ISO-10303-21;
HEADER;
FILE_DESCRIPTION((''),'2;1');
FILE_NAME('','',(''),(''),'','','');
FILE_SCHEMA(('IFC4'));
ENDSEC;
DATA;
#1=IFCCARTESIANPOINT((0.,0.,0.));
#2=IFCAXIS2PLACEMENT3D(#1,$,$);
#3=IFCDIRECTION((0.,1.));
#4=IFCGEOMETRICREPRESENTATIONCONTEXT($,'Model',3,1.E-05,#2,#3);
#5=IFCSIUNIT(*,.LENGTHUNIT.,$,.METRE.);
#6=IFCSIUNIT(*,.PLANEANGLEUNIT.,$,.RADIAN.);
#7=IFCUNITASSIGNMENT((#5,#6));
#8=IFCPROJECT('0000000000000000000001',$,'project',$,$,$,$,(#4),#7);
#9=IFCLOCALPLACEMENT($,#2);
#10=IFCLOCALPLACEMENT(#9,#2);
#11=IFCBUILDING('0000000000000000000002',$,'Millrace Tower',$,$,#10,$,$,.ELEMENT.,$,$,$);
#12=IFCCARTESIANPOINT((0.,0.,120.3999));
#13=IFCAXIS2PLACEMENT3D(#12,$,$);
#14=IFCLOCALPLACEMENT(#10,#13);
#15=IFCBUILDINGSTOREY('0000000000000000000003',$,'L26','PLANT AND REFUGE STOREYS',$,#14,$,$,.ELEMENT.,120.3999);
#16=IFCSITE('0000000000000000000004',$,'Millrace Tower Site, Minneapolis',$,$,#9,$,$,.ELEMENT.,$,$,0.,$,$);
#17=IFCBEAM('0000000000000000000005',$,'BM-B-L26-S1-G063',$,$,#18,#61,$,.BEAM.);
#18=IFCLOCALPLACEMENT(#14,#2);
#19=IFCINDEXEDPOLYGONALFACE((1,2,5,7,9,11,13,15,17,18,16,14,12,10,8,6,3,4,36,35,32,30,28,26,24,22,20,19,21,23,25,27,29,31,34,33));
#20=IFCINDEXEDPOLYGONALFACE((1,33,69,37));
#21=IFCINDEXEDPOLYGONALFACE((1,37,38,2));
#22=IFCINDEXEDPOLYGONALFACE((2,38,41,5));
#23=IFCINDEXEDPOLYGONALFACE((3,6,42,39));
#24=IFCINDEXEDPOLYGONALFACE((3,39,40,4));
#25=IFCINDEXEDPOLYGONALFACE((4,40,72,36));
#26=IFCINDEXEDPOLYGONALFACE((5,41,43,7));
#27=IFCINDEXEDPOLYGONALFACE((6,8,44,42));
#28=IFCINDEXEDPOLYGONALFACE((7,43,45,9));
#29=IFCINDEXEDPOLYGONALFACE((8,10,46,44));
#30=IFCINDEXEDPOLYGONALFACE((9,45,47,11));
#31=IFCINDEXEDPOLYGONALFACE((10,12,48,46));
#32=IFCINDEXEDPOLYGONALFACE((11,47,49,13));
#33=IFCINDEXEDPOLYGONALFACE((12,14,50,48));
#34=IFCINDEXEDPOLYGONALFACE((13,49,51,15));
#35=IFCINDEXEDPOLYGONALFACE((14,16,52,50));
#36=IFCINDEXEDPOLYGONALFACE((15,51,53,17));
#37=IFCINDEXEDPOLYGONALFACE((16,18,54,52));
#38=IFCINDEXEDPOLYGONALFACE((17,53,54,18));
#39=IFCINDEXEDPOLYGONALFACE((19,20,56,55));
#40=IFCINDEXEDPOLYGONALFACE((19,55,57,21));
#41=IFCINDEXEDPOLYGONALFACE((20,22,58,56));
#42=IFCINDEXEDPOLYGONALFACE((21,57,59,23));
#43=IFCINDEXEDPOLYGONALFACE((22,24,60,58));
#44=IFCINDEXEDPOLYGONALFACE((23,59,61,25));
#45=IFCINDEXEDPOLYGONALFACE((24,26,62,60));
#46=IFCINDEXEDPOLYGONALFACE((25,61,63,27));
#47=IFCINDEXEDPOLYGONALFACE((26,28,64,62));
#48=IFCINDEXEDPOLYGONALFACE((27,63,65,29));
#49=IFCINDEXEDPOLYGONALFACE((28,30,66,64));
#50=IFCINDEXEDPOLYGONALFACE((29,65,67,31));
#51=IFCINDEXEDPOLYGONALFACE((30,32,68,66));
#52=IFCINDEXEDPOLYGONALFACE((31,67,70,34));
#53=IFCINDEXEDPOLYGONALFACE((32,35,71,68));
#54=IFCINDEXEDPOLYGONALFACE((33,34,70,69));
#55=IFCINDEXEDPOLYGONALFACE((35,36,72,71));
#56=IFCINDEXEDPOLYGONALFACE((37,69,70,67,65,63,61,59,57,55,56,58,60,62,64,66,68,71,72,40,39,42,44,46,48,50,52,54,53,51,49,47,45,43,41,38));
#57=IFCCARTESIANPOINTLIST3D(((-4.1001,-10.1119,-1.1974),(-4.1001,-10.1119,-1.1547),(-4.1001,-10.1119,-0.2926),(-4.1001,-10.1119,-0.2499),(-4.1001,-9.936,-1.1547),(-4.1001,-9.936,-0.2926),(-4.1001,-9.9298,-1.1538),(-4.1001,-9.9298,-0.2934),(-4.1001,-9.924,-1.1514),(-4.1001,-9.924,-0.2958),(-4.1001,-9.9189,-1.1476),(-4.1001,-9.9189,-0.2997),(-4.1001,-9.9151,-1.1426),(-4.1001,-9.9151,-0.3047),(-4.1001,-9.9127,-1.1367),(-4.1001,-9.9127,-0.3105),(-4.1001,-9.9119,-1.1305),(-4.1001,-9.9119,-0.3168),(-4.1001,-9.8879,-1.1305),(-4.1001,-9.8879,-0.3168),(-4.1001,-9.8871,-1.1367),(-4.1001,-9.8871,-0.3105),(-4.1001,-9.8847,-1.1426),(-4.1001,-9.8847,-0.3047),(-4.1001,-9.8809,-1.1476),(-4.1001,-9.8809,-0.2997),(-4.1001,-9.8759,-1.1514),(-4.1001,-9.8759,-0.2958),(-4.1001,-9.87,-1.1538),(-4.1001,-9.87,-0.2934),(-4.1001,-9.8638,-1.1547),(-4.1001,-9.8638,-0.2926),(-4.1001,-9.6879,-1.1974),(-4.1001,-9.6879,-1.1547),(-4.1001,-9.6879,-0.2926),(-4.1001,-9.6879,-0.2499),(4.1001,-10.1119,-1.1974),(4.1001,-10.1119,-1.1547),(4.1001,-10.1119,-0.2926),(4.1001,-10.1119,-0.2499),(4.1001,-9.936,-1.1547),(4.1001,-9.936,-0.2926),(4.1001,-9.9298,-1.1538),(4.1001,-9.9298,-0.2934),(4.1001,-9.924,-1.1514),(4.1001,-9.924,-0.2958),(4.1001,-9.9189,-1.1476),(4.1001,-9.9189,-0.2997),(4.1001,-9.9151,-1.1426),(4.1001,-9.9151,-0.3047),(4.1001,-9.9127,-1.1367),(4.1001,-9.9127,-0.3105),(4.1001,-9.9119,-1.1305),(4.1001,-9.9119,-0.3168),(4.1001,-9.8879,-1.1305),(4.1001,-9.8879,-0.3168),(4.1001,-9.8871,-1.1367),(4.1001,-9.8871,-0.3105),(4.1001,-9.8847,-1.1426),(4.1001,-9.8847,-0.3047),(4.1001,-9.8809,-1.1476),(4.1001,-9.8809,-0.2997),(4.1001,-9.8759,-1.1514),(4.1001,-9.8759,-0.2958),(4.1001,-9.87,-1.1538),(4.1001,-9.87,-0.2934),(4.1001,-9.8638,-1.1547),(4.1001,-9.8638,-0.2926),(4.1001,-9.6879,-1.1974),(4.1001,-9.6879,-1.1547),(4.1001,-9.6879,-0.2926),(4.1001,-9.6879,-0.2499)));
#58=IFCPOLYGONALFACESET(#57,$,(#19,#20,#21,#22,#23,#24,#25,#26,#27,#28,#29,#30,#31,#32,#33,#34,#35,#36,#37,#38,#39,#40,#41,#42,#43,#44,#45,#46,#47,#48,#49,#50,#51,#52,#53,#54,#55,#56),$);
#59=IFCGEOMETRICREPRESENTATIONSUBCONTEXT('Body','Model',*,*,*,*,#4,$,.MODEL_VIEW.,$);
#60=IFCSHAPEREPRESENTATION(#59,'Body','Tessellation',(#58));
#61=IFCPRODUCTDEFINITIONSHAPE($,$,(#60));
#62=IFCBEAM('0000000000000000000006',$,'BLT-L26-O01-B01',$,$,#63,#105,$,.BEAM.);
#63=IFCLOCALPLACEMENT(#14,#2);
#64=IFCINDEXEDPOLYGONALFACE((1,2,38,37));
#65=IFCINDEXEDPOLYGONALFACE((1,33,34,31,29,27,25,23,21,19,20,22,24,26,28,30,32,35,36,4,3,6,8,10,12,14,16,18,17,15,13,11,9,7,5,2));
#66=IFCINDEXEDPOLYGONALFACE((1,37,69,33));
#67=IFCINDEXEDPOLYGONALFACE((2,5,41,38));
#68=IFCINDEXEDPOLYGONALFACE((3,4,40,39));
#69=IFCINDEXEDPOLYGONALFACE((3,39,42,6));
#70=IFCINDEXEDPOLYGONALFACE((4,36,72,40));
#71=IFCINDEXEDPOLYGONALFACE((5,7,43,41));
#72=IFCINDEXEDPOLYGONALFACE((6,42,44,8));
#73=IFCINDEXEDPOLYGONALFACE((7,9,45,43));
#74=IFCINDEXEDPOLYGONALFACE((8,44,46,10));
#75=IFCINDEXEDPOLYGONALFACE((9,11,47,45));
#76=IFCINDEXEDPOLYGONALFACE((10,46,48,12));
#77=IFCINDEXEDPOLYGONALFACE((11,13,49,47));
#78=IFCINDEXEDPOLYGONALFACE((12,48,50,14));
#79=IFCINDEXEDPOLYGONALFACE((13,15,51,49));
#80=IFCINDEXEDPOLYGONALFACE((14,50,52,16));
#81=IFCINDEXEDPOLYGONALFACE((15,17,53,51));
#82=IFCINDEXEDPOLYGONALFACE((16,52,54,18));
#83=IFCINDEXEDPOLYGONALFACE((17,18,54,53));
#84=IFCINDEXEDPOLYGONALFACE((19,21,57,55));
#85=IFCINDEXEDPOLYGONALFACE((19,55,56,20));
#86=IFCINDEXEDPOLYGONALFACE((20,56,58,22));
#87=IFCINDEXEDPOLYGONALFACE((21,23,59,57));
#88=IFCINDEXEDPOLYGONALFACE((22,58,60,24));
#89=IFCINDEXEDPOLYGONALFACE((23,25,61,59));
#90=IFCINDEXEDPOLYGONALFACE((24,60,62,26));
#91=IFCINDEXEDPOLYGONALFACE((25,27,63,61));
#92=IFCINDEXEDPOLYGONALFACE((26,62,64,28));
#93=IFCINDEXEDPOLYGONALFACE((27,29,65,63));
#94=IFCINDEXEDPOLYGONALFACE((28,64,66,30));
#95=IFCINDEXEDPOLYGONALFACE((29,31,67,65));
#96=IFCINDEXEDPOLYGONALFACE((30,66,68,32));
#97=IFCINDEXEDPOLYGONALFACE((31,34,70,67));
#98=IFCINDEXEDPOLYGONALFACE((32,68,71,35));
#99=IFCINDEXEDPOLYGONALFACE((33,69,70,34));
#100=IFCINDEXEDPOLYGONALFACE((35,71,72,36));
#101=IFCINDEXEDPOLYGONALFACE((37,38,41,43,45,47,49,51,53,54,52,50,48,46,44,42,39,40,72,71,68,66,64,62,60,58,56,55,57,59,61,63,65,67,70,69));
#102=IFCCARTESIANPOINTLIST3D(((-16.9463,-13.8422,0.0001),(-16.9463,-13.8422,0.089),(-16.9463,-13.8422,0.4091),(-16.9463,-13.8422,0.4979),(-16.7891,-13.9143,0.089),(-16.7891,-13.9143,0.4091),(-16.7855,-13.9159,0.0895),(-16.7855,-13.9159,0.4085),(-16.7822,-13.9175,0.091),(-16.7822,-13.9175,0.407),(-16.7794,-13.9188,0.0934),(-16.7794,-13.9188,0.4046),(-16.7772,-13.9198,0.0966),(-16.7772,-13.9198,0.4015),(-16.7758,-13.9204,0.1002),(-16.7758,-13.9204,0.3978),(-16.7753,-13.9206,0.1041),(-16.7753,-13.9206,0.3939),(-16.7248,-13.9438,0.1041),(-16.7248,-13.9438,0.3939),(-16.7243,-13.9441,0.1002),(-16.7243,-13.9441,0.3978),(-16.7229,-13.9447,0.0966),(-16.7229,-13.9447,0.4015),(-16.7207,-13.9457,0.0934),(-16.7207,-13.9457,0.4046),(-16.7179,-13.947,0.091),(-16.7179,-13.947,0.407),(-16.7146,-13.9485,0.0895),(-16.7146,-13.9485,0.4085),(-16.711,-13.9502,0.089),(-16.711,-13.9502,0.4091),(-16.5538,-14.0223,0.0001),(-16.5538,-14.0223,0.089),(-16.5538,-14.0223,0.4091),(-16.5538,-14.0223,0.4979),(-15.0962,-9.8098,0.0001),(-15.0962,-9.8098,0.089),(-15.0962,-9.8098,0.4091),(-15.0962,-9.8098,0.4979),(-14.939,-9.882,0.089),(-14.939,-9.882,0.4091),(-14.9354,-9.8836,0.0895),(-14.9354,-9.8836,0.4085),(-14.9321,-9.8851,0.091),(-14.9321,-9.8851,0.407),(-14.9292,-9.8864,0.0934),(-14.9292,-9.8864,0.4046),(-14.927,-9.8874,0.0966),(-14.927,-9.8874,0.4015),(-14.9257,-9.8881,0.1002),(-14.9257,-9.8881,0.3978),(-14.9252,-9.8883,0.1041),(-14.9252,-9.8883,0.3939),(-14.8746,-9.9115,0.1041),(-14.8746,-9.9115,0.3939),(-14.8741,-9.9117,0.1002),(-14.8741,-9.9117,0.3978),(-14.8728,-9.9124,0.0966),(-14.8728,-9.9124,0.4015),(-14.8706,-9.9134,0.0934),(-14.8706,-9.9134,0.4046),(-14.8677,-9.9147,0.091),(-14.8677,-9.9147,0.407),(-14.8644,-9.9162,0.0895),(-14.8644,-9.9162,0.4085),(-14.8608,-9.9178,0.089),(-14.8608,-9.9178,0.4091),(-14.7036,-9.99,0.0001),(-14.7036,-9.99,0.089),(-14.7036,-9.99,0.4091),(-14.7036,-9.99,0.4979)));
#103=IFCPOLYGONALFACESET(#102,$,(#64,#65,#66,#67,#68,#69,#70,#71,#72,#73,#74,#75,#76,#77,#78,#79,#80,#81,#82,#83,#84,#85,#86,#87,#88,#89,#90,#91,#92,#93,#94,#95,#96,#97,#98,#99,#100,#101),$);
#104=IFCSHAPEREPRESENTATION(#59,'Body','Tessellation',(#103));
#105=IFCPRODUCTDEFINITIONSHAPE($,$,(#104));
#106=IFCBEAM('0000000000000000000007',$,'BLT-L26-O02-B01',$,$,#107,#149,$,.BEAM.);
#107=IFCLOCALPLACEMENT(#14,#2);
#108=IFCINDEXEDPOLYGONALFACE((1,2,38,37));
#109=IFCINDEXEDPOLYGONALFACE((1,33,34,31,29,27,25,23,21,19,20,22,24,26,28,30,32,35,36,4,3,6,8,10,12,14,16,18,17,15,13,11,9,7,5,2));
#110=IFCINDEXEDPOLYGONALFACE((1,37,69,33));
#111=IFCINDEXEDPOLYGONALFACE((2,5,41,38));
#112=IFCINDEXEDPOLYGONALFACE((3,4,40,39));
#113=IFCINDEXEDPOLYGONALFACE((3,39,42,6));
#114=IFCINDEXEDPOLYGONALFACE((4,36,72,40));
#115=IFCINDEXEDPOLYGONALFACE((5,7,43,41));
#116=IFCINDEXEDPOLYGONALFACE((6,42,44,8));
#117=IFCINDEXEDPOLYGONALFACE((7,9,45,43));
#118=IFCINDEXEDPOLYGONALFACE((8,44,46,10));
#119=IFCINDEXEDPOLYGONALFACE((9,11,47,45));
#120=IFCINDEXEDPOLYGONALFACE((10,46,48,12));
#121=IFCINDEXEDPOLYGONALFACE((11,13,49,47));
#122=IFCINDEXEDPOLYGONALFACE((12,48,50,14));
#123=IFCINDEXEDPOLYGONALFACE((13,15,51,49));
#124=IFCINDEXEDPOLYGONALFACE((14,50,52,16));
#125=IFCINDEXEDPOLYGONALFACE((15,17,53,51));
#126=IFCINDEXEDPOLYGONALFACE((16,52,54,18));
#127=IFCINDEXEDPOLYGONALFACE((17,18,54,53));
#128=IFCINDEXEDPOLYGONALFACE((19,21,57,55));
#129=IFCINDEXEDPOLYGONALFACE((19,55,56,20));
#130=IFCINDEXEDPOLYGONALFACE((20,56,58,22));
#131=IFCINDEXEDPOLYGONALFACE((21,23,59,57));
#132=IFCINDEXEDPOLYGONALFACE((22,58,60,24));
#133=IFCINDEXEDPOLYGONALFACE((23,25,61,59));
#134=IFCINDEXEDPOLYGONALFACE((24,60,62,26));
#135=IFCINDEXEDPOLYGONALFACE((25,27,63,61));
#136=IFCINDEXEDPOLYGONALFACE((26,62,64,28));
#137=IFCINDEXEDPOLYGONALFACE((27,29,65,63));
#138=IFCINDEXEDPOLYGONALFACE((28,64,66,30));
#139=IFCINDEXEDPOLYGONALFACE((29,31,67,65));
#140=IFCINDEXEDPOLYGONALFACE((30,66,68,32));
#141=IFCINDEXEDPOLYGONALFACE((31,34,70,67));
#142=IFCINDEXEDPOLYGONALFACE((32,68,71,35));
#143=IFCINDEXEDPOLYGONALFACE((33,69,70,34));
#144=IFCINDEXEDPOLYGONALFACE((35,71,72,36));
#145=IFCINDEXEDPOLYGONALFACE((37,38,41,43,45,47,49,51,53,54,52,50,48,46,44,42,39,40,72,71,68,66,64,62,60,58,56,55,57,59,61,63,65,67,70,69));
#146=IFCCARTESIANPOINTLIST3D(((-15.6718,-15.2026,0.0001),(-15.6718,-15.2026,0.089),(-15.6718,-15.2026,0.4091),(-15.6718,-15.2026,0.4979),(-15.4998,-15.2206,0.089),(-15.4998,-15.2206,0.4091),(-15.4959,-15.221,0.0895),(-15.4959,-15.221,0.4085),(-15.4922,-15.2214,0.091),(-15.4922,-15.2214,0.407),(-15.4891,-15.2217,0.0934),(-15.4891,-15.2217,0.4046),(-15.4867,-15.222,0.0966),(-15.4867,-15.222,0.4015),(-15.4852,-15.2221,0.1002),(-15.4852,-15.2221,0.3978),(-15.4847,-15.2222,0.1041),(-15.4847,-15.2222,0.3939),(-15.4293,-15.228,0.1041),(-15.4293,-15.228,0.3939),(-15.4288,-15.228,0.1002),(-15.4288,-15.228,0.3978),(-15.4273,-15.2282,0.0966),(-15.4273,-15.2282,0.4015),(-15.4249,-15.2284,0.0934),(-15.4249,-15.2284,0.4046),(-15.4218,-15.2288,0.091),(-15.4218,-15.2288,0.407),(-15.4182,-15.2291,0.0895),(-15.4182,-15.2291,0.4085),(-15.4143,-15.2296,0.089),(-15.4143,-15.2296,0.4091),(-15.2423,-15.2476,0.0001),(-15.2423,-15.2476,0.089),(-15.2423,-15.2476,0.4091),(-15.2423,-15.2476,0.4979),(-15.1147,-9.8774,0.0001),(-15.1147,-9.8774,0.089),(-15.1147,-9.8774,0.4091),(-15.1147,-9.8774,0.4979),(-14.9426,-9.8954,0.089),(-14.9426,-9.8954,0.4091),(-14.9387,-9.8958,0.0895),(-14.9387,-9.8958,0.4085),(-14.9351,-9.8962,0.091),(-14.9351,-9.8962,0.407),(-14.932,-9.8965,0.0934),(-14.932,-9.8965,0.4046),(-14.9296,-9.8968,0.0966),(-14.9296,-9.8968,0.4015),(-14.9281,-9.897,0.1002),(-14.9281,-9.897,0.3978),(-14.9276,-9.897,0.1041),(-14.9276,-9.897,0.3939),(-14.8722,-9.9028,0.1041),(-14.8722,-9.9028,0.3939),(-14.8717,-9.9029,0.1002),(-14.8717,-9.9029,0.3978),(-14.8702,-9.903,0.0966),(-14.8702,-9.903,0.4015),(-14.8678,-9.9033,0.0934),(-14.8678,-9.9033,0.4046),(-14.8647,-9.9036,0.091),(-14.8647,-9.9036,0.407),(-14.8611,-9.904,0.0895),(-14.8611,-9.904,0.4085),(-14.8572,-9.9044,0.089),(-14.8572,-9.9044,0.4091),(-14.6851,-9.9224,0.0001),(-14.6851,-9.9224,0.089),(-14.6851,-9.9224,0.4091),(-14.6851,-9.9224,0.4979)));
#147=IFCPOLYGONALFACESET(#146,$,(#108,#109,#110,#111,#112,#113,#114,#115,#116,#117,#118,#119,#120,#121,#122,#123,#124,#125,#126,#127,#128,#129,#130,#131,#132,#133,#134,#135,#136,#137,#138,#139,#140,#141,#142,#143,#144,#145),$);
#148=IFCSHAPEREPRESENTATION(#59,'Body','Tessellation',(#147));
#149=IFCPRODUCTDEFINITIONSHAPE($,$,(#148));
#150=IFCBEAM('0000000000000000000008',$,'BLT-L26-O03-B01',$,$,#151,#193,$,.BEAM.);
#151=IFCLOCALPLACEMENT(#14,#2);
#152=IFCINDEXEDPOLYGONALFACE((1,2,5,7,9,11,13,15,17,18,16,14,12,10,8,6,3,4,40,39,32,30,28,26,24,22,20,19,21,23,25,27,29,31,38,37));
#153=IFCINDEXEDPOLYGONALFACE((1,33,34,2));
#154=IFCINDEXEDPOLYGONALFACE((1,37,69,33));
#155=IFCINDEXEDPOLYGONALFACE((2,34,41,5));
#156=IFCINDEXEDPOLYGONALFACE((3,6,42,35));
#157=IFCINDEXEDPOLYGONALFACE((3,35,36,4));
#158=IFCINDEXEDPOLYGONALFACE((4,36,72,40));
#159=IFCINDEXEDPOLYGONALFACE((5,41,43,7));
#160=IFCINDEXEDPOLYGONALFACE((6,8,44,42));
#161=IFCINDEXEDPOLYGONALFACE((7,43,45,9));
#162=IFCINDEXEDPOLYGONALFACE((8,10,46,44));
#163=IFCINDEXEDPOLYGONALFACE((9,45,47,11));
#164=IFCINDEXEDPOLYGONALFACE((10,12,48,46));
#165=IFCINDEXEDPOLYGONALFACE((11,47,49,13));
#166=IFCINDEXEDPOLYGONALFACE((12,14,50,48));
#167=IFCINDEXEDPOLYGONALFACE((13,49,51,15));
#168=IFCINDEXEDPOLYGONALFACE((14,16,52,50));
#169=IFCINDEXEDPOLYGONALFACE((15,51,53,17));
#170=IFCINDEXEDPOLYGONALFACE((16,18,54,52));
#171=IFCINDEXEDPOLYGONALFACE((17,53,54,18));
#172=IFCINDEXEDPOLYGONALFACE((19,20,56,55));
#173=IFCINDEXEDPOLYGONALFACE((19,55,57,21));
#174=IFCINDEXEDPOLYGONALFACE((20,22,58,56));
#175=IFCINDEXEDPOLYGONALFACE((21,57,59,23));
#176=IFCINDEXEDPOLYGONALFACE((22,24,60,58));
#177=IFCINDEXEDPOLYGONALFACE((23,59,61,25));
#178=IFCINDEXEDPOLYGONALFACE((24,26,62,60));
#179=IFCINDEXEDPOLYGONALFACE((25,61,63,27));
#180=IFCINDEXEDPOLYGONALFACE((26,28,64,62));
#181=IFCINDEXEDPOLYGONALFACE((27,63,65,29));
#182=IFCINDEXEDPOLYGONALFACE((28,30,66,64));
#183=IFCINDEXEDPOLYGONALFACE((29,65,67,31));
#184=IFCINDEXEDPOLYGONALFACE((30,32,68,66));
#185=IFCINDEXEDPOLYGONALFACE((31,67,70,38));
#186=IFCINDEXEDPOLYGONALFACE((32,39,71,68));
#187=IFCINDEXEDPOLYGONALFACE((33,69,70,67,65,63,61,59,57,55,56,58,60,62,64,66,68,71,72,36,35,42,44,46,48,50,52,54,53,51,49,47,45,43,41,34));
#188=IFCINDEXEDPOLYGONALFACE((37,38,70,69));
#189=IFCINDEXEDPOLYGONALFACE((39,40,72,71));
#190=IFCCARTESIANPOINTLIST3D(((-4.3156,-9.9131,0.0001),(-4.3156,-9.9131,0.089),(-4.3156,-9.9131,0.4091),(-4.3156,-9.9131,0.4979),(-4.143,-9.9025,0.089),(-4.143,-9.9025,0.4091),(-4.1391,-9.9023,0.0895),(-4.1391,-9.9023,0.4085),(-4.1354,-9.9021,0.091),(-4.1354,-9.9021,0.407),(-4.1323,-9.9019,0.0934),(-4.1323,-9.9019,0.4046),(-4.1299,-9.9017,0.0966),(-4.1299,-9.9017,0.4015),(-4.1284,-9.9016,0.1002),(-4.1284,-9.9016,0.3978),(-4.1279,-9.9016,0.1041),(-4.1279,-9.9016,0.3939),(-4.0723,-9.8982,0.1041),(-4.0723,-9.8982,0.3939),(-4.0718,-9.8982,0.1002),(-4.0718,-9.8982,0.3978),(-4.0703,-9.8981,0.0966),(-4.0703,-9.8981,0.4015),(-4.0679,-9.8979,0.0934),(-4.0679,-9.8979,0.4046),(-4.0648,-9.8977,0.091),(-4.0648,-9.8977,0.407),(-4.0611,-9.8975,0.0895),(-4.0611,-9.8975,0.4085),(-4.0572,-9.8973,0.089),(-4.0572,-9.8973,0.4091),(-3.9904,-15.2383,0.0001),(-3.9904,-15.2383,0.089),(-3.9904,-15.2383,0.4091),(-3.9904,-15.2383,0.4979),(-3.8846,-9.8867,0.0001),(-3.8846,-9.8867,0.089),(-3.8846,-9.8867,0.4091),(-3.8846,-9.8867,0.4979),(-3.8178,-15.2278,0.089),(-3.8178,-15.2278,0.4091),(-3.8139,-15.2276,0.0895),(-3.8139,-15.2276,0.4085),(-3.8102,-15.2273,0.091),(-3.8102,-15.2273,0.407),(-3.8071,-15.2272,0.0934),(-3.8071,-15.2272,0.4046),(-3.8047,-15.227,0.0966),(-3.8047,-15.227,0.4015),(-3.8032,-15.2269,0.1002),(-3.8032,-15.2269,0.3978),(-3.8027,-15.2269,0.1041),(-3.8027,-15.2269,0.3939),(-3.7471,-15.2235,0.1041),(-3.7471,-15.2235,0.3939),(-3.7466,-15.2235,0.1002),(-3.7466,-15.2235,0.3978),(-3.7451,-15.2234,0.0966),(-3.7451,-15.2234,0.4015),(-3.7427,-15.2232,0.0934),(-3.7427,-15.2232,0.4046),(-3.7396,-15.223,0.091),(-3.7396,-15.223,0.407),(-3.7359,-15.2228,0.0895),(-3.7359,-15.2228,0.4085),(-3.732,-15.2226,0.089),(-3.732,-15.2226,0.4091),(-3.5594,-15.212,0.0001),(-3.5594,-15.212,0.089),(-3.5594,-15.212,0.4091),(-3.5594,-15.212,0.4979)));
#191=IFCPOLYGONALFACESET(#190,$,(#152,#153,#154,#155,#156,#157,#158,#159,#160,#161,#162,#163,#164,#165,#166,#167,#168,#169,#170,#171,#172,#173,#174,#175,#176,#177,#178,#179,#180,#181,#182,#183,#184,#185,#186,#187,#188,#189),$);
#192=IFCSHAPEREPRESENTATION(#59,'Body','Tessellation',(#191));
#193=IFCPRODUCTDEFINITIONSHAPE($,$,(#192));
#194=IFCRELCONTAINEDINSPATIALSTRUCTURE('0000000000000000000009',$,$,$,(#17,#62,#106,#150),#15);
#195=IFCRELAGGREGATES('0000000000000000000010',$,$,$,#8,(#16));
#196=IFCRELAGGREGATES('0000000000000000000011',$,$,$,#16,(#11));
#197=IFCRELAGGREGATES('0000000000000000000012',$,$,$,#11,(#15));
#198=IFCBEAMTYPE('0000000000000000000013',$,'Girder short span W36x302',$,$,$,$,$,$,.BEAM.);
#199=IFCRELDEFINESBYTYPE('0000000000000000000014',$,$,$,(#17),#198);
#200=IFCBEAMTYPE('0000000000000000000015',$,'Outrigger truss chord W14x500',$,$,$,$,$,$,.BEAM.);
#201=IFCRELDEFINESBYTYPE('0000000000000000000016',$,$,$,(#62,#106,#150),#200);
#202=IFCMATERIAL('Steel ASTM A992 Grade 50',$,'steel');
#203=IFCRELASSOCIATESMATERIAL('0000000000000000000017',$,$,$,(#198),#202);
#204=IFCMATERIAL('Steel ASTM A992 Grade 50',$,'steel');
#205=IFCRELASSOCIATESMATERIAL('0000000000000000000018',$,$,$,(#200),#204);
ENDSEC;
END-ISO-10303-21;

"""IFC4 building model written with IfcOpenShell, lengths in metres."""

from ifc_helpers import new_model, si_unit, direction, frame, origin, origin_2d, place, context, subcontext, project, spatial, i_section, extrude, material, material_profile, profile_set, type_object, element, save


model = new_model("IFC4")

# Units and contexts
model_context = context("Model", 3, precision=1e-05, world=origin(), true_north=direction((0.0, 1.0)))
body_context = subcontext(model_context, "Body", "Model", "MODEL_VIEW")
ifc_project = project(units=[si_unit("LENGTHUNIT", "METRE"), si_unit("PLANEANGLEUNIT", "RADIAN")], contexts=[model_context])

# Site, building, storey
site_placement = place(None, origin())
site = spatial("IfcSite", under=ifc_project, at=site_placement, Name="Millrace Tower Site, Minneapolis", CompositionType="ELEMENT", RefElevation=0.0)
building_placement = place(site_placement, origin())
building = spatial("IfcBuilding", under=site, at=building_placement, Name="Millrace Tower", CompositionType="ELEMENT")
storey_placement = place(building_placement, frame((0.0, 0.0, 120.3999)))
storey = spatial("IfcBuildingStorey", under=building, at=storey_placement, Name="L26", Description="PLANT AND REFUGE STOREYS", CompositionType="ELEMENT", Elevation=120.3999)

# Beams
ifc_material_1 = material(Name="Steel ASTM A992 Grade 50", Category="steel")
ifc_material_profile_1 = material_profile(ifc_material_1, i_section(OverallWidth=0.4241, OverallDepth=0.9475, WebThickness=0.0239, FlangeThickness=0.0427, FilletRadius=0.0242, at=origin_2d()))
ifc_profile_set_1 = profile_set([ifc_material_profile_1], Name="Steel ASTM A992 Grade 50")
beam_type_1 = type_object("IfcBeamType", Name="Girder short span W36x302", PredefinedType="BEAM", material=ifc_profile_set_1)
beam_1_placement = place(storey_placement, frame((-4.1001, -9.8999, -0.7236), z_axis=(1.0, 0.0, 0.0), x_axis=(0.0, 1.0, 0.0)))
element("IfcBeam", 1, at=beam_1_placement, inside=storey, type_object=beam_type_1, Name="BM-B-L26-S1-G063", PredefinedType="BEAM", context=body_context, shape_type="SweptSolid", body=[
    extrude(i_section(OverallWidth=0.4241, OverallDepth=0.9475, WebThickness=0.0239, FlangeThickness=0.0427, FilletRadius=0.0242, at=origin_2d()), origin(), (0.0, 0.0, 1.0), 8.2002),
])
ifc_material_2 = material(Name="Steel ASTM A992 Grade 50", Category="steel")
ifc_material_profile_2 = material_profile(ifc_material_2, i_section(OverallWidth=0.4319, OverallDepth=0.4978, WebThickness=0.0557, FlangeThickness=0.0889, FilletRadius=0.0151, at=origin_2d()))
ifc_profile_set_2 = profile_set([ifc_material_profile_2], Name="Steel ASTM A992 Grade 50")
beam_type_2 = type_object("IfcBeamType", Name="Outrigger truss chord W14x500", PredefinedType="BEAM", material=ifc_profile_set_2)
beam_2_placement = place(storey_placement, frame((-14.8999, -9.8999, 0.249), z_axis=(-0.417026, -0.908895, 0.0), x_axis=(0.908895, -0.417026, 0.0)))
element("IfcBeam", 2, at=beam_2_placement, inside=storey, type_object=beam_type_2, Name="BLT-L26-O01-B01", PredefinedType="BEAM", context=body_context, shape_type="SweptSolid", body=[
    extrude(i_section(OverallWidth=0.4319, OverallDepth=0.4978, WebThickness=0.0557, FlangeThickness=0.0889, FilletRadius=0.0151, at=origin_2d()), origin(), (0.0, 0.0, 1.0), 4.4365),
])
beam_3_placement = place(storey_placement, frame((-14.8999, -9.8999, 0.249), z_axis=(-0.104053, -0.994572, 0.0), x_axis=(0.994572, -0.104053, 0.0)))
element("IfcBeam", 3, at=beam_3_placement, inside=storey, type_object=beam_type_2, Name="BLT-L26-O02-B01", PredefinedType="BEAM", context=body_context, shape_type="SweptSolid", body=[
    extrude(i_section(OverallWidth=0.4319, OverallDepth=0.4978, WebThickness=0.0557, FlangeThickness=0.0889, FilletRadius=0.0151, at=origin_2d()), origin(), (0.0, 0.0, 1.0), 5.3542),
])
beam_4_placement = place(storey_placement, frame((-4.1001, -9.8999, 0.249), z_axis=(0.060954, -0.998141, 0.0), x_axis=(0.998141, 0.060954, 0.0)))
element("IfcBeam", 4, at=beam_4_placement, inside=storey, type_object=beam_type_2, Name="BLT-L26-O03-B01", PredefinedType="BEAM", context=body_context, shape_type="SweptSolid", body=[
    extrude(i_section(OverallWidth=0.4319, OverallDepth=0.4978, WebThickness=0.0557, FlangeThickness=0.0889, FilletRadius=0.0151, at=origin_2d()), origin(), (0.0, 0.0, 1.0), 5.3352),
])

save(model, "model.ifc")
